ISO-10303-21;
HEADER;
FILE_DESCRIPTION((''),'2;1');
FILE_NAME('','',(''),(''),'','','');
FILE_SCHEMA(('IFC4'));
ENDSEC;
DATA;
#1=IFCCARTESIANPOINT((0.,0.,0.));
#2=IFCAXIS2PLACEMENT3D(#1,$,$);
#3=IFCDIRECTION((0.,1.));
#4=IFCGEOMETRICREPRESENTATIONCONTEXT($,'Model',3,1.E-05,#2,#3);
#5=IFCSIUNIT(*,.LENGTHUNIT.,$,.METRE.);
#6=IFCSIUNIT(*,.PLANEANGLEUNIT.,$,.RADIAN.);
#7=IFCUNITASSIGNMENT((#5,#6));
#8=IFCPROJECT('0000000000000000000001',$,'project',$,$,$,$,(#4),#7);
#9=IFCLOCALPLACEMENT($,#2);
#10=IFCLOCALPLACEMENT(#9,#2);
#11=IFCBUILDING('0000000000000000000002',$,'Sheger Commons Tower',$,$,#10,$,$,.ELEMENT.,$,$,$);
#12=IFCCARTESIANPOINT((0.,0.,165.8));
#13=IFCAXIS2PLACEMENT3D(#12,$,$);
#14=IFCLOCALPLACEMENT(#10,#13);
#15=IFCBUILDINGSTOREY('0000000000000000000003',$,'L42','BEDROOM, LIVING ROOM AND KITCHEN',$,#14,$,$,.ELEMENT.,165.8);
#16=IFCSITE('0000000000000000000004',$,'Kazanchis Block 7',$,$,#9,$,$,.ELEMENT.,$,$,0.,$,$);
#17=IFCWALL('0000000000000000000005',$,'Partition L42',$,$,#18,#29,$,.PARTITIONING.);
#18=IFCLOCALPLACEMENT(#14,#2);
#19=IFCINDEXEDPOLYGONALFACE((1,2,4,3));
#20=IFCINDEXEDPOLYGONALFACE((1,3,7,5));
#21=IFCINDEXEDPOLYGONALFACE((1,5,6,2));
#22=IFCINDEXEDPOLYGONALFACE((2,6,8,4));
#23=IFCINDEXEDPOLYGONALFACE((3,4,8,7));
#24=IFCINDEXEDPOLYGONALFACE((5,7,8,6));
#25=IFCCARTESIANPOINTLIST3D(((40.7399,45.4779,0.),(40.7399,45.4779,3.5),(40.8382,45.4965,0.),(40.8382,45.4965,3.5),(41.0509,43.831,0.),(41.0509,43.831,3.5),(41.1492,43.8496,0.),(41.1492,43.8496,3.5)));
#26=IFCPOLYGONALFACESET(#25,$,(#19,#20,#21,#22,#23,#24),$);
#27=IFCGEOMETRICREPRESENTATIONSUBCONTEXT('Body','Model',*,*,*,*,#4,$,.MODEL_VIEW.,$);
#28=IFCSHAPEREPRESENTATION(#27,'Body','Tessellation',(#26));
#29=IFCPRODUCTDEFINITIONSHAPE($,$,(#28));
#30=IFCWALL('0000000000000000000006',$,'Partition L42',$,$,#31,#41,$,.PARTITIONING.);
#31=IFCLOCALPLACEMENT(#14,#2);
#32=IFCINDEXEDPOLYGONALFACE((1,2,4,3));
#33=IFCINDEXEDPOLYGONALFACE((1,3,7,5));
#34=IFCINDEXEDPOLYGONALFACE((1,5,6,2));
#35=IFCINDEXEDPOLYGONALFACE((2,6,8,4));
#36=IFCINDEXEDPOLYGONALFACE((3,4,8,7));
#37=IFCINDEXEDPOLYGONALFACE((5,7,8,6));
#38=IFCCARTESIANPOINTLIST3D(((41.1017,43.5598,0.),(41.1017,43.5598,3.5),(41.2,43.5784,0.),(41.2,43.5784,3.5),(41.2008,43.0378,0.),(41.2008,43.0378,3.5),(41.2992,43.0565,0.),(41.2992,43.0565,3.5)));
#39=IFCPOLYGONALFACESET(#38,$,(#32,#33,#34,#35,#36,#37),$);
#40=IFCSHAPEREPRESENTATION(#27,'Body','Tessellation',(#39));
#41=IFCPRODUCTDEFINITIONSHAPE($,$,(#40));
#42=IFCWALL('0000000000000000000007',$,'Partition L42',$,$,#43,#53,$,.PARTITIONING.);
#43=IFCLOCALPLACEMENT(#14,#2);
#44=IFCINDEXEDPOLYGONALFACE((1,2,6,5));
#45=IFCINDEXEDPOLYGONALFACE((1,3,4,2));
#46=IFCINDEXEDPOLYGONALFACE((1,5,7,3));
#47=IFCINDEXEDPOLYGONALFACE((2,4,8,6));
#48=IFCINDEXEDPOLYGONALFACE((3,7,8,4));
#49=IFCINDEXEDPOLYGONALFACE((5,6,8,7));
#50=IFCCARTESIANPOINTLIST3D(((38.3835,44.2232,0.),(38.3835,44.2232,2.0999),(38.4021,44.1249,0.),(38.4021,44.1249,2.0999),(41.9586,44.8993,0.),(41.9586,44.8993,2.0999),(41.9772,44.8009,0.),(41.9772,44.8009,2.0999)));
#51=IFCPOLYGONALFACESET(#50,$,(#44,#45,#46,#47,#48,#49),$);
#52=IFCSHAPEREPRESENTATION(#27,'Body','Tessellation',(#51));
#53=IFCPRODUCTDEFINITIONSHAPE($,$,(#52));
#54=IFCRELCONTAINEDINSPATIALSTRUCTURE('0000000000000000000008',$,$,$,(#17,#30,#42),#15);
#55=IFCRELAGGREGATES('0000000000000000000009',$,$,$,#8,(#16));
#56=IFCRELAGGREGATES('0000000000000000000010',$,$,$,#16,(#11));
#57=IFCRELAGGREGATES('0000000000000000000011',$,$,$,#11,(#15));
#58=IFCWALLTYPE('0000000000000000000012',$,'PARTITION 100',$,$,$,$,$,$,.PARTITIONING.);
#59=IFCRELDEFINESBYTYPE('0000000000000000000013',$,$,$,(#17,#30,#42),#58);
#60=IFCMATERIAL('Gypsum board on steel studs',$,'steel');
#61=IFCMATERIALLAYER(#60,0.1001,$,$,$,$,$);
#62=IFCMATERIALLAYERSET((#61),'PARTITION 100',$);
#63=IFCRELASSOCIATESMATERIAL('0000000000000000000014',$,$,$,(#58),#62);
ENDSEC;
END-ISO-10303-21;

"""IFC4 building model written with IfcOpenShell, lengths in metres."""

from ifc_helpers import new_model, si_unit, direction, frame, frame_2d, origin, place, context, subcontext, project, spatial, rectangle, extrude, material, layer, layer_set, type_object, element, save


model = new_model("IFC4")

# Units and contexts
model_context = context("Model", 3, precision=1e-05, world=origin(), true_north=direction((0.0, 1.0)))
body_context = subcontext(model_context, "Body", "Model", "MODEL_VIEW")
ifc_project = project(units=[si_unit("LENGTHUNIT", "METRE"), si_unit("PLANEANGLEUNIT", "RADIAN")], contexts=[model_context])

# Site, building, storey
site_placement = place(None, origin())
site = spatial("IfcSite", under=ifc_project, at=site_placement, Name="Kazanchis Block 7", CompositionType="ELEMENT", RefElevation=0.0)
building_placement = place(site_placement, origin())
building = spatial("IfcBuilding", under=site, at=building_placement, Name="Sheger Commons Tower", CompositionType="ELEMENT")
storey_placement = place(building_placement, frame((0.0, 0.0, 165.8)))
storey = spatial("IfcBuildingStorey", under=building, at=storey_placement, Name="L42", Description="BEDROOM, LIVING ROOM AND KITCHEN", CompositionType="ELEMENT", Elevation=165.8)

# Walls
ifc_material_1 = material(Name="Gypsum board on steel studs", Category="steel")
ifc_layer_1 = layer(ifc_material_1, 0.1001)
ifc_layer_set_1 = layer_set([ifc_layer_1], Name="PARTITION 100")
wall_type_1 = type_object("IfcWallType", Name="PARTITION 100", PredefinedType="PARTITIONING", material=ifc_layer_set_1)
wall_1_placement = place(storey_placement, frame((40.7891, 45.4871, 0.0), z_axis=(0.0, 0.0, 1.0), x_axis=(0.185572, -0.982631, 0.0)))
element("IfcWall", 1, at=wall_1_placement, inside=storey, type_object=wall_type_1, Name="Partition L42", PredefinedType="PARTITIONING", context=body_context, shape_type="SweptSolid", body=[
    extrude(rectangle(XDim=1.676, YDim=0.1001, at=frame_2d((0.8379, 0.0))), origin(), (0.0, 0.0, 1.0), 3.5),
])
wall_2_placement = place(storey_placement, frame((41.1509, 43.5691, 0.0), z_axis=(0.0, 0.0, 1.0), x_axis=(0.186563, -0.982443, 0.0)))
element("IfcWall", 2, at=wall_2_placement, inside=storey, type_object=wall_type_1, Name="Partition L42", PredefinedType="PARTITIONING", context=body_context, shape_type="SweptSolid", body=[
    extrude(rectangle(XDim=0.5312, YDim=0.1001, at=frame_2d((0.2656, 0.0))), origin(), (0.0, 0.0, 1.0), 3.5),
])
wall_3_placement = place(storey_placement, frame((41.968, 44.8501, 0.0), z_axis=(0.0, 0.0, 1.0), x_axis=(-0.982586, -0.185808, 0.0)))
element("IfcWall", 3, at=wall_3_placement, inside=storey, type_object=wall_type_1, Name="Partition L42", PredefinedType="PARTITIONING", context=body_context, shape_type="SweptSolid", body=[
    extrude(rectangle(XDim=3.6384, YDim=0.1001, at=frame_2d((1.8193, 0.0))), origin(), (0.0, 0.0, 1.0), 2.0999),
])

save(model, "model.ifc")
